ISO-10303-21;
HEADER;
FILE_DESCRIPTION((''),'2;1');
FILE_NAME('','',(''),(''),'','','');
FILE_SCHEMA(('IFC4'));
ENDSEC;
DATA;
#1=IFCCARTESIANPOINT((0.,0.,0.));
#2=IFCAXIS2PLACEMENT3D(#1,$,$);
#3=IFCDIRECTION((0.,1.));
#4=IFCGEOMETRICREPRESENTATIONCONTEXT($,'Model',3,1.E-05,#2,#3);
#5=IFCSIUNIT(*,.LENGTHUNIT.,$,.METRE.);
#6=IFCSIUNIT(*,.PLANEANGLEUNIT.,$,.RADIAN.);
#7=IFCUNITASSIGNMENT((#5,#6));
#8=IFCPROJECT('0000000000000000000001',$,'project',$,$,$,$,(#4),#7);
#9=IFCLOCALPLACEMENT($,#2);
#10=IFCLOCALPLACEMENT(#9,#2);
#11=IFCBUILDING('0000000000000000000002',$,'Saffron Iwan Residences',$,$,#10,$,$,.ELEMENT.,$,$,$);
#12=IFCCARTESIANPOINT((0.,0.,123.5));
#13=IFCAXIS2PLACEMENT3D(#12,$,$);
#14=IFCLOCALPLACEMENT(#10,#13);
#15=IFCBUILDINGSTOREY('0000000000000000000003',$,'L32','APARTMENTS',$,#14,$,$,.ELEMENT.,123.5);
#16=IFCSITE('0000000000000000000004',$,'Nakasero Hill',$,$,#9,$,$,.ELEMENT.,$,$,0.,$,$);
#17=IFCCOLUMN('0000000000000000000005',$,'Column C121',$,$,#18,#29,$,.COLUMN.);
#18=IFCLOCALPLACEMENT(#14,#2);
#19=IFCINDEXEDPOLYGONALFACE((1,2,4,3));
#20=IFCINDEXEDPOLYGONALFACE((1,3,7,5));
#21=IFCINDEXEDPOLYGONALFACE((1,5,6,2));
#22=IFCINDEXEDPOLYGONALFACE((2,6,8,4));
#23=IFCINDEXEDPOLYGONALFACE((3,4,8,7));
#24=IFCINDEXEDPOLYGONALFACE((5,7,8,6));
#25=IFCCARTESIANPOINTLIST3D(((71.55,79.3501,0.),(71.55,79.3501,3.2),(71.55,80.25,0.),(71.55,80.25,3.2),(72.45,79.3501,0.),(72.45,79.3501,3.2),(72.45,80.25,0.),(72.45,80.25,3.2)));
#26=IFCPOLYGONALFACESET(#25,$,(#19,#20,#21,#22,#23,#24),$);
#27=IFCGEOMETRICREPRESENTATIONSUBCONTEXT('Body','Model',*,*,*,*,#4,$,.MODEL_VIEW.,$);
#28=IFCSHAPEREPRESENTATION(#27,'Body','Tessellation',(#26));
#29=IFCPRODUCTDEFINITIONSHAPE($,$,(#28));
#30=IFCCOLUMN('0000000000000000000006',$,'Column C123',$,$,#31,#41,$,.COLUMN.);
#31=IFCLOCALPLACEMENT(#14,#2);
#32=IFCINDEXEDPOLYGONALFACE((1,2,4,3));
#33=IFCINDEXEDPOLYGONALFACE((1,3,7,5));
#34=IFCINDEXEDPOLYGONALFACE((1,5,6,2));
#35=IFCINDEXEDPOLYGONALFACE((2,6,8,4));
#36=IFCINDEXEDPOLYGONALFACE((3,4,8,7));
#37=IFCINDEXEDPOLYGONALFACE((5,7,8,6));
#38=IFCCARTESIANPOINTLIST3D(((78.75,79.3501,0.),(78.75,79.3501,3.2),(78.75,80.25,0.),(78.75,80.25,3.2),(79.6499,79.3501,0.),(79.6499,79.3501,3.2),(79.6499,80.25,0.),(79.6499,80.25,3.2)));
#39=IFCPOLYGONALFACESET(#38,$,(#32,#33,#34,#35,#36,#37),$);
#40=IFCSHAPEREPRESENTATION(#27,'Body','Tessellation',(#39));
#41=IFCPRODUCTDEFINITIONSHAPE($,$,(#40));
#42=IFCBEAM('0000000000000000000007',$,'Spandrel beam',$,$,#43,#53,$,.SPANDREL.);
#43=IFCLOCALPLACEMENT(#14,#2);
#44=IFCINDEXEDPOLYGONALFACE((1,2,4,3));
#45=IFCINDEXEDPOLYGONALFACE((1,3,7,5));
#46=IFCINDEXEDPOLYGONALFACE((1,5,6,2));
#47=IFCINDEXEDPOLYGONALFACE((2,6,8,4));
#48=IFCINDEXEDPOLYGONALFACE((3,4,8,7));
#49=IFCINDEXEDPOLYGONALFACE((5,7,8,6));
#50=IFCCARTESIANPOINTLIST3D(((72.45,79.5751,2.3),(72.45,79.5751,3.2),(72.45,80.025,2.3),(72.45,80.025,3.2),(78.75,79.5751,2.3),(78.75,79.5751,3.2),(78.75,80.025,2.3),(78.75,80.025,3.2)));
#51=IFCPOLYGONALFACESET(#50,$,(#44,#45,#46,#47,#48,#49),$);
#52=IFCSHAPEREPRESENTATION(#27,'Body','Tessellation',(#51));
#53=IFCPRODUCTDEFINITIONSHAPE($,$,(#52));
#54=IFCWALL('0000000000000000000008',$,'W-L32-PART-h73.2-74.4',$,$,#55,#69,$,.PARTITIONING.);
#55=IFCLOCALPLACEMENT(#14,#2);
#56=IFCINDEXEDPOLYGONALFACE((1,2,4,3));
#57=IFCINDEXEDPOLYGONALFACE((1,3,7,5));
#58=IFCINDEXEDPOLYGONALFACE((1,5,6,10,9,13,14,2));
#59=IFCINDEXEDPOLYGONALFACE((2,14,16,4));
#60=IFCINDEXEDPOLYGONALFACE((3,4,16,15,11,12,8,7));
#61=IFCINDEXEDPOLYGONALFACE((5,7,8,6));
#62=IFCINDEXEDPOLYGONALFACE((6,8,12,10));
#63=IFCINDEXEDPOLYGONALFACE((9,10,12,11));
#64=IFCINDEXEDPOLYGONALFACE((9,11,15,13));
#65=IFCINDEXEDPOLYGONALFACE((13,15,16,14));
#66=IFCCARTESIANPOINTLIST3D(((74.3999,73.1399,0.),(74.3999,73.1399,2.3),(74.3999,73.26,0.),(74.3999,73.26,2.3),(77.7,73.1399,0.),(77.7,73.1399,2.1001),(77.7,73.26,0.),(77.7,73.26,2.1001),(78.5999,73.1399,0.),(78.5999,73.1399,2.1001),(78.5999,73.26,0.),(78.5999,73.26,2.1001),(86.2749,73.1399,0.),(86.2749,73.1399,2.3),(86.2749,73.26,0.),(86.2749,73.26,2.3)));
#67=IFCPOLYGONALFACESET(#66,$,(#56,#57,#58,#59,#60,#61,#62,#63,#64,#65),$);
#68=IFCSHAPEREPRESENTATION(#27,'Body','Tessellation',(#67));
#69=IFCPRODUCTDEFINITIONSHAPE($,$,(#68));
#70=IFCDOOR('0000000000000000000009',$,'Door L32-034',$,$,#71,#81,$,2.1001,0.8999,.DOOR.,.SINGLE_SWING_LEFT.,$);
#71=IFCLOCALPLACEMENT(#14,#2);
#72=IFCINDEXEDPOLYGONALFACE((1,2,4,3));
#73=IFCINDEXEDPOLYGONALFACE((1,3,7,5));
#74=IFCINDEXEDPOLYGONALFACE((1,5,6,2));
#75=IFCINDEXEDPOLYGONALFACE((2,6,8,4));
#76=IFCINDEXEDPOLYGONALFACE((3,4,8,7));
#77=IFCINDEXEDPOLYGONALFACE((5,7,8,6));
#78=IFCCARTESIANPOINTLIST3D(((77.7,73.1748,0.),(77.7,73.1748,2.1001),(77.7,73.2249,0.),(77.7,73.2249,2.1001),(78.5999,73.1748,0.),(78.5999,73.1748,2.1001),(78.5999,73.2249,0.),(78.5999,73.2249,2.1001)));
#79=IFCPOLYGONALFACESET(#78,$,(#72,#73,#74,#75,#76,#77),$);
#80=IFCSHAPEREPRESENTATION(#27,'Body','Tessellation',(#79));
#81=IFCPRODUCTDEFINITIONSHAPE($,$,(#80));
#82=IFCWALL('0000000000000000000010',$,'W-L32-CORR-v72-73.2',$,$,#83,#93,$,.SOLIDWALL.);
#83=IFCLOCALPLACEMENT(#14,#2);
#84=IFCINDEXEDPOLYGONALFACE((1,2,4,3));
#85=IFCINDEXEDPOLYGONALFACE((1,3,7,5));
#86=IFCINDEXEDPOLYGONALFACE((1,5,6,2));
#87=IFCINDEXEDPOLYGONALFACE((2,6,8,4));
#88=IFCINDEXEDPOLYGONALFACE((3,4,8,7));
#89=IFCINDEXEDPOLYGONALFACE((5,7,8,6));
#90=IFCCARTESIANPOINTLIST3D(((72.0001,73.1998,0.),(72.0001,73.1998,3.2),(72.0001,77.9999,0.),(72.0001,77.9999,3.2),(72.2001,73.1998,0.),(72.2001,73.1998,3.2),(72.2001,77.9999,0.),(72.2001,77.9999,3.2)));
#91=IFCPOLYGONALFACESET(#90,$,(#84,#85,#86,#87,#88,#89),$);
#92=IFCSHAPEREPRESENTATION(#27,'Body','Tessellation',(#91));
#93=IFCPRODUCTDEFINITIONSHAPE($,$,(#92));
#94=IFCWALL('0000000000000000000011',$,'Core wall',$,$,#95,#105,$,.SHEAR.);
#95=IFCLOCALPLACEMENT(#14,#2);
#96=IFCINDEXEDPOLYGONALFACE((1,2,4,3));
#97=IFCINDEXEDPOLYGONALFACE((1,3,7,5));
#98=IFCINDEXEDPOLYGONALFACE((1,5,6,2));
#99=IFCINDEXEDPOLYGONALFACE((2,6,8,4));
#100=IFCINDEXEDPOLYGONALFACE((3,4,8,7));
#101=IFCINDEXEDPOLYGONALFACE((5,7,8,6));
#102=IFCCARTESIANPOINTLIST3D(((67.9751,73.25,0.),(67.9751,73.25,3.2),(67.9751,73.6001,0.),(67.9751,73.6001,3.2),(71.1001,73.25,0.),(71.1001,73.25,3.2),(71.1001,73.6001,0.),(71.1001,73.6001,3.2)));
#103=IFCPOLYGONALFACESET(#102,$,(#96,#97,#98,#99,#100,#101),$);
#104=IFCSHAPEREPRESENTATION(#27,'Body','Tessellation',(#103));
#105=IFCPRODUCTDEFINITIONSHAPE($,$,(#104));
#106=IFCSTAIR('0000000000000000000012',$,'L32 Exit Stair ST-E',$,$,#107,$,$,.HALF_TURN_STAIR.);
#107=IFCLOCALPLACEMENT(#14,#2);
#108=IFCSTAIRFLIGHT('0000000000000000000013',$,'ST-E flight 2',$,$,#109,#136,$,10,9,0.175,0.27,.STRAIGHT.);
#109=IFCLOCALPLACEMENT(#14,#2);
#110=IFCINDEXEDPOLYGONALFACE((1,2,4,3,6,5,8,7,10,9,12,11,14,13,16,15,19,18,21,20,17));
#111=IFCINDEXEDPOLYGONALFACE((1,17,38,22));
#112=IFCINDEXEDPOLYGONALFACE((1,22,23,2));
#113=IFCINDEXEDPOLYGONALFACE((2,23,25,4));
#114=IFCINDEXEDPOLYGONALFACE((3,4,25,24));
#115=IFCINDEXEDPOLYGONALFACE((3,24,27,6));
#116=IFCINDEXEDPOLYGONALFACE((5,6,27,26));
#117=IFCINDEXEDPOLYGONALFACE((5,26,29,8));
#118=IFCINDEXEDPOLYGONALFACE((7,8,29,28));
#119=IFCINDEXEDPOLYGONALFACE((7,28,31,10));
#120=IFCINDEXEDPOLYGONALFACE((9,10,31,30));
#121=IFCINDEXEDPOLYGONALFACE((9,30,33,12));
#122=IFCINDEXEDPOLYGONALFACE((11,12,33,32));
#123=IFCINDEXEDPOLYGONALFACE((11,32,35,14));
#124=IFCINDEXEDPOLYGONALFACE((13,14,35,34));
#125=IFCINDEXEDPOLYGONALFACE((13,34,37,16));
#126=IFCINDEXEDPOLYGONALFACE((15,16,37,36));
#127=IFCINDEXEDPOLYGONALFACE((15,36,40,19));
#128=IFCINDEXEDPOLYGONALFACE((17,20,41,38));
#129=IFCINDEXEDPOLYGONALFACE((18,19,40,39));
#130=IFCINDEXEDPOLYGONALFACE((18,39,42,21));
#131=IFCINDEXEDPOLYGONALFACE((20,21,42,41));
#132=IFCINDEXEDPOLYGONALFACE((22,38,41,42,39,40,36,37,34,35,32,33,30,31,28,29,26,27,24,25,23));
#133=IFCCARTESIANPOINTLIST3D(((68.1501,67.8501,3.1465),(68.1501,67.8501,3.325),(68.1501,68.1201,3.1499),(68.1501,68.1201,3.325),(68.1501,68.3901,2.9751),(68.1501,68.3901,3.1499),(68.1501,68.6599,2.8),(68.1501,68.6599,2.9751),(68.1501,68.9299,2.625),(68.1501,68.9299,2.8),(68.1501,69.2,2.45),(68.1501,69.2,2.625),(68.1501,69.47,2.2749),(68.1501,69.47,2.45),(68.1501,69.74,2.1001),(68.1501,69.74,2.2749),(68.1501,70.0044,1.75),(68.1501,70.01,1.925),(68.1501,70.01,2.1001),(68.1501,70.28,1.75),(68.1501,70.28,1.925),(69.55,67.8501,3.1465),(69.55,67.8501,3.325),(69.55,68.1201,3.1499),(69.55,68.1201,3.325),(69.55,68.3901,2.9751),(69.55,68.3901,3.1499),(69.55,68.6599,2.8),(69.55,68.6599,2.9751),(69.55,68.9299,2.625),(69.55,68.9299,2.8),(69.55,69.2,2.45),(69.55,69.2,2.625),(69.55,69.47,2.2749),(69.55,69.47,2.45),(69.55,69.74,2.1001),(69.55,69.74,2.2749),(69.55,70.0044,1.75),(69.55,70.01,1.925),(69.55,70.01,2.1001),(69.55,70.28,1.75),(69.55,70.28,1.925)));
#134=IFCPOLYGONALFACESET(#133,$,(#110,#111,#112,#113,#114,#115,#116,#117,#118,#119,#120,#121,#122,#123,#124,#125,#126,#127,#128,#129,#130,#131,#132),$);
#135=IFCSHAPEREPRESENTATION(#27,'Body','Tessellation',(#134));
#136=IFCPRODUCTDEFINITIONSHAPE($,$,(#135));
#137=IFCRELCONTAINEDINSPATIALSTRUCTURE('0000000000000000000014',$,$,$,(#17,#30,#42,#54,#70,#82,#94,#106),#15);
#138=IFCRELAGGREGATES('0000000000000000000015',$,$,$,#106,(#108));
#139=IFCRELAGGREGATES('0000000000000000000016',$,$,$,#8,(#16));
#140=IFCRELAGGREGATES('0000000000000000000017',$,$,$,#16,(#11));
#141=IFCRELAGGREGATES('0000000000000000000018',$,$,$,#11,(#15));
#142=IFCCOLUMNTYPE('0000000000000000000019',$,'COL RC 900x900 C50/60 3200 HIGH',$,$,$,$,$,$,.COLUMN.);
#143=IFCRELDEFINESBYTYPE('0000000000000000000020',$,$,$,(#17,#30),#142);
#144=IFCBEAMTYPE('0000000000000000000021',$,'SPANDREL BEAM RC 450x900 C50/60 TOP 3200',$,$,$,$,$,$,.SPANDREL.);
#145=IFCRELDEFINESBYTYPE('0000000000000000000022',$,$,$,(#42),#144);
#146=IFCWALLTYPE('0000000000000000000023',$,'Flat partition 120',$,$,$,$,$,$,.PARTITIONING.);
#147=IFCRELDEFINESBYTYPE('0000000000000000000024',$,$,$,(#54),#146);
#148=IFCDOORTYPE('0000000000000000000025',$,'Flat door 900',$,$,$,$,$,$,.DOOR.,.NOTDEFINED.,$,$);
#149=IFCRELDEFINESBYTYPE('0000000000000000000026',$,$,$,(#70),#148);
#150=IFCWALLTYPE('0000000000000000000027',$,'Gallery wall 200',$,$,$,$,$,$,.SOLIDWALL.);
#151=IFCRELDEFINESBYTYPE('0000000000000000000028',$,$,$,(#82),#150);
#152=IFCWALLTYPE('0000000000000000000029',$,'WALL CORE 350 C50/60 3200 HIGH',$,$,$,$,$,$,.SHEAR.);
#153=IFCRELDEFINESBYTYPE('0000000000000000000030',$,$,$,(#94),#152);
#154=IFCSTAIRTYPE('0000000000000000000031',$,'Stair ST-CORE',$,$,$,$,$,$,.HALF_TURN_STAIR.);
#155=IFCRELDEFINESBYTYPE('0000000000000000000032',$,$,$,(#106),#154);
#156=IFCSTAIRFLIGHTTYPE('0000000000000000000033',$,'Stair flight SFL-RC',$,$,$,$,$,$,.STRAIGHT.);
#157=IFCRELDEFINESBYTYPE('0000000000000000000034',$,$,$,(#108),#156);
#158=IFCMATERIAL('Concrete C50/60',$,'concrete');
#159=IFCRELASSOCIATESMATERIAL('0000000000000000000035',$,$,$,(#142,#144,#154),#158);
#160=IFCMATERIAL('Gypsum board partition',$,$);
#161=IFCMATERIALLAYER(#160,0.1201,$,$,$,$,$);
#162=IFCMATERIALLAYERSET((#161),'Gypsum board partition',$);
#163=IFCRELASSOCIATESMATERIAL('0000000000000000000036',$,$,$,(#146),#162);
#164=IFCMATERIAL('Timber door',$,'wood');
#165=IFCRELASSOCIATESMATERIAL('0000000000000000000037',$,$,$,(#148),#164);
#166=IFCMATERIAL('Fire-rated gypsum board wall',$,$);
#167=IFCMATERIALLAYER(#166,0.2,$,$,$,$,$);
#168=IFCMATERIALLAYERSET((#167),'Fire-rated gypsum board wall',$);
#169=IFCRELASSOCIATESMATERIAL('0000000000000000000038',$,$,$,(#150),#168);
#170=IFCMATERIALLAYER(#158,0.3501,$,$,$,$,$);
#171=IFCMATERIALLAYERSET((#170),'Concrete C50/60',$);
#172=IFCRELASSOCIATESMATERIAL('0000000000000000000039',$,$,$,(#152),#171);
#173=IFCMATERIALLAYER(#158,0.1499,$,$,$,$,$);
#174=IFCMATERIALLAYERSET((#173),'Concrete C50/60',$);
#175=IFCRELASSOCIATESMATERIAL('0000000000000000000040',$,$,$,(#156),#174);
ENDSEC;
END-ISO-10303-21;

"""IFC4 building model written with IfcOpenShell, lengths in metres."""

from ifc_helpers import new_model, si_unit, direction, frame, frame_2d, origin, origin_2d, place, context, subcontext, project, spatial, polyline, rectangle, outline, extrude, source, transform, mapped, material, layer, layer_set, material_profile, profile_set, type_object, element, fill, aggregate, save


model = new_model("IFC4")

# Units and contexts
model_context = context("Model", 3, precision=1e-05, world=origin(), true_north=direction((0.0, 1.0)))
body_context = subcontext(model_context, "Body", "Model", "MODEL_VIEW")
ifc_project = project(units=[si_unit("LENGTHUNIT", "METRE"), si_unit("PLANEANGLEUNIT", "RADIAN")], contexts=[model_context])

# Site, building, storey
site_placement = place(None, origin())
site = spatial("IfcSite", under=ifc_project, at=site_placement, Name="Nakasero Hill", CompositionType="ELEMENT", RefElevation=0.0)
building_placement = place(site_placement, origin())
building = spatial("IfcBuilding", under=site, at=building_placement, Name="Saffron Iwan Residences", CompositionType="ELEMENT")
storey_placement = place(building_placement, frame((0.0, 0.0, 123.5)))
storey = spatial("IfcBuildingStorey", under=building, at=storey_placement, Name="L32", Description="APARTMENTS", CompositionType="ELEMENT", Elevation=123.5)

# Columns
ifc_material_1 = material(Name="Concrete C50/60", Category="concrete")
ifc_material_profile_1 = material_profile(ifc_material_1, rectangle(XDim=0.8999, YDim=0.8999, at=origin_2d()), Name="RC 900x900")
ifc_profile_set_1 = profile_set([ifc_material_profile_1], Name="Concrete C50/60")
column_type = type_object("IfcColumnType", Name="COL RC 900x900 C50/60 3200 HIGH", PredefinedType="COLUMN", material=ifc_profile_set_1)
shared_shape_1 = source(origin(), body_context, "Body", "SweptSolid", [
    extrude(rectangle(XDim=0.8999, YDim=0.8999, at=origin_2d()), origin(), (0.0, 0.0, 1.0), 3.2),
])
for number, where, z_axis, x_axis, name in (
    (1, (72.0, 79.8, 0.0), (0.0, 0.0, 1.0), (1.0, 0.0, 0.0), "Column C121"),
    (2, (79.2, 79.8, 0.0), (0.0, 0.0, 1.0), (1.0, 0.0, 0.0), "Column C123"),
):
    element("IfcColumn", number, at=place(storey_placement, frame(where, z_axis=z_axis, x_axis=x_axis)), inside=storey, type_object=column_type, Name=name, PredefinedType="COLUMN", context=body_context, shape_type="MappedRepresentation", body=[
        mapped(shared_shape_1, transform((0.0, 0.0, 0.0))),
    ])

# Beam
ifc_material_profile_2 = material_profile(ifc_material_1, rectangle(XDim=0.45, YDim=0.8999, at=origin_2d()), Name="RC 450x900")
ifc_profile_set_2 = profile_set([ifc_material_profile_2], Name="Concrete C50/60")
beam_type = type_object("IfcBeamType", Name="SPANDREL BEAM RC 450x900 C50/60 TOP 3200", PredefinedType="SPANDREL", material=ifc_profile_set_2)
shared_shape_2 = source(origin(), body_context, "Body", "SweptSolid", [
    extrude(rectangle(XDim=0.45, YDim=0.8999, at=origin_2d()), origin(), (0.0, 0.0, 1.0), 6.3),
])
beam_placement = place(storey_placement, frame((72.45, 79.8, 2.75), z_axis=(1.0, 0.0, 0.0), x_axis=(0.0, 1.0, 0.0)))
element("IfcBeam", 3, at=beam_placement, inside=storey, type_object=beam_type, Name="Spandrel beam", PredefinedType="SPANDREL", context=body_context, shape_type="MappedRepresentation", body=[
    mapped(shared_shape_2, transform((0.0, 0.0, 0.0))),
])

# Wall, opening, door
ifc_material_2 = material(Name="Gypsum board partition")
ifc_layer_1 = layer(ifc_material_2, 0.1201)
ifc_layer_set_1 = layer_set([ifc_layer_1], Name="Gypsum board partition")
wall_type_1 = type_object("IfcWallType", Name="Flat partition 120", PredefinedType="PARTITIONING", material=ifc_layer_set_1)
wall_1_placement = place(storey_placement, frame((74.3999, 73.2, 0.0), z_axis=(0.0, 0.0, 1.0), x_axis=(1.0, 0.0, 0.0)))
wall_1 = element("IfcWall", 4, at=wall_1_placement, inside=storey, type_object=wall_type_1, Name="W-L32-PART-h73.2-74.4", PredefinedType="PARTITIONING", context=body_context, shape_type="SweptSolid", body=[
    extrude(rectangle(XDim=11.875, YDim=0.1201, at=frame_2d((5.9375, 0.0))), origin(), (0.0, 0.0, 1.0), 2.3),
])
opening_placement = place(wall_1_placement, frame((3.3, 0.0, 0.0)))
opening = element("IfcOpeningElement", 5, at=opening_placement, cuts=wall_1, PredefinedType="OPENING", context=body_context, shape_type="SweptSolid", body=[
    extrude(rectangle(XDim=0.8999, YDim=2.1001, at=frame_2d((0.45, 1.05))), frame((0.0, 0.0701, 0.0), z_axis=(0.0, -1.0, 0.0), x_axis=(1.0, 0.0, 0.0)), (0.0, 0.0, 1.0), 0.1401),
])
ifc_material_3 = material(Name="Timber door", Category="wood")
door_type = type_object("IfcDoorType", Name="Flat door 900", OperationType="NOTDEFINED", PredefinedType="DOOR", material=ifc_material_3)
door_placement = place(opening_placement, origin())
door = element("IfcDoor", 6, at=door_placement, inside=storey, type_object=door_type, Name="Door L32-034", OperationType="SINGLE_SWING_LEFT", OverallHeight=2.1001, OverallWidth=0.8999, PredefinedType="DOOR", context=body_context, shape_type="SweptSolid", body=[
    extrude(rectangle(XDim=0.8999, YDim=2.1001, at=frame_2d((0.45, 1.05))), frame((0.0, 0.0249, 0.0), z_axis=(0.0, -1.0, 0.0), x_axis=(1.0, 0.0, 0.0)), (0.0, 0.0, 1.0), 0.05),
])
fill(opening, door)

# Walls
ifc_material_4 = material(Name="Fire-rated gypsum board wall")
ifc_layer_2 = layer(ifc_material_4, 0.2)
ifc_layer_set_2 = layer_set([ifc_layer_2], Name="Fire-rated gypsum board wall")
wall_type_2 = type_object("IfcWallType", Name="Gallery wall 200", PredefinedType="SOLIDWALL", material=ifc_layer_set_2)
wall_2_placement = place(storey_placement, frame((72.1001, 73.2, 0.0), z_axis=(0.0, 0.0, 1.0), x_axis=(0.0, 1.0, 0.0)))
element("IfcWall", 7, at=wall_2_placement, inside=storey, type_object=wall_type_2, Name="W-L32-CORR-v72-73.2", PredefinedType="SOLIDWALL", context=body_context, shape_type="SweptSolid", body=[
    extrude(rectangle(XDim=4.8, YDim=0.2, at=frame_2d((2.3999, 0.0))), origin(), (0.0, 0.0, 1.0), 3.2),
])
ifc_layer_3 = layer(ifc_material_1, 0.3501)
ifc_layer_set_3 = layer_set([ifc_layer_3], Name="Concrete C50/60")
wall_type_3 = type_object("IfcWallType", Name="WALL CORE 350 C50/60 3200 HIGH", PredefinedType="SHEAR", material=ifc_layer_set_3)
wall_3_placement = place(storey_placement, frame((67.9751, 73.425, 0.0), z_axis=(0.0, 0.0, 1.0), x_axis=(1.0, 0.0, 0.0)))
element("IfcWall", 8, at=wall_3_placement, inside=storey, type_object=wall_type_3, Name="Core wall", PredefinedType="SHEAR", context=body_context, shape_type="SweptSolid", body=[
    extrude(rectangle(XDim=3.125, YDim=0.3501, at=frame_2d((1.5625, 0.0))), origin(), (0.0, 0.0, 1.0), 3.2),
])

# Stair, stair flight
stair_type = type_object("IfcStairType", Name="Stair ST-CORE", PredefinedType="HALF_TURN_STAIR", material=ifc_material_1)
stair_placement = place(storey_placement, origin())
stair = element("IfcStair", 9, at=stair_placement, inside=storey, type_object=stair_type, Name="L32 Exit Stair ST-E", PredefinedType="HALF_TURN_STAIR")
ifc_layer_4 = layer(ifc_material_1, 0.1499)
ifc_layer_set_4 = layer_set([ifc_layer_4], Name="Concrete C50/60")
stair_flight_type = type_object("IfcStairFlightType", Name="Stair flight SFL-RC", PredefinedType="STRAIGHT", material=ifc_layer_set_4)
stair_flight_placement = place(storey_placement, frame((68.8501, 70.28, 1.75), z_axis=(0.0, 0.0, 1.0), x_axis=(0.0, -1.0, 0.0)))
stair_flight = element("IfcStairFlight", 10, at=stair_flight_placement, type_object=stair_flight_type, Name="ST-E flight 2", NumberOfRisers=10, NumberOfTreads=9, PredefinedType="STRAIGHT", RiserHeight=0.175, TreadLength=0.27, context=body_context, shape_type="SweptSolid", body=[
    extrude(outline(polyline([(0.0, 0.0), (0.0, 0.175), (0.27, 0.175), (0.27, 0.3501), (0.54, 0.3501), (0.54, 0.5249), (0.8101, 0.5249), (0.8101, 0.7), (1.0801, 0.7), (1.0801, 0.875), (1.3501, 0.875), (1.3501, 1.05), (1.6201, 1.05), (1.6201, 1.2251), (1.8899, 1.2251), (1.8899, 1.3999), (2.1599, 1.3999), (2.1599, 1.575), (2.4299, 1.575), (2.4299, 1.75), (2.4299, 1.3965), (0.2756, 0.0), (0.0, 0.0)])), frame((0.0, 0.7, 0.0), z_axis=(0.0, -1.0, 0.0), x_axis=(1.0, 0.0, 0.0)), (0.0, 0.0, 1.0), 1.3999),
])
aggregate(stair, [stair_flight])

save(model, "model.ifc")
